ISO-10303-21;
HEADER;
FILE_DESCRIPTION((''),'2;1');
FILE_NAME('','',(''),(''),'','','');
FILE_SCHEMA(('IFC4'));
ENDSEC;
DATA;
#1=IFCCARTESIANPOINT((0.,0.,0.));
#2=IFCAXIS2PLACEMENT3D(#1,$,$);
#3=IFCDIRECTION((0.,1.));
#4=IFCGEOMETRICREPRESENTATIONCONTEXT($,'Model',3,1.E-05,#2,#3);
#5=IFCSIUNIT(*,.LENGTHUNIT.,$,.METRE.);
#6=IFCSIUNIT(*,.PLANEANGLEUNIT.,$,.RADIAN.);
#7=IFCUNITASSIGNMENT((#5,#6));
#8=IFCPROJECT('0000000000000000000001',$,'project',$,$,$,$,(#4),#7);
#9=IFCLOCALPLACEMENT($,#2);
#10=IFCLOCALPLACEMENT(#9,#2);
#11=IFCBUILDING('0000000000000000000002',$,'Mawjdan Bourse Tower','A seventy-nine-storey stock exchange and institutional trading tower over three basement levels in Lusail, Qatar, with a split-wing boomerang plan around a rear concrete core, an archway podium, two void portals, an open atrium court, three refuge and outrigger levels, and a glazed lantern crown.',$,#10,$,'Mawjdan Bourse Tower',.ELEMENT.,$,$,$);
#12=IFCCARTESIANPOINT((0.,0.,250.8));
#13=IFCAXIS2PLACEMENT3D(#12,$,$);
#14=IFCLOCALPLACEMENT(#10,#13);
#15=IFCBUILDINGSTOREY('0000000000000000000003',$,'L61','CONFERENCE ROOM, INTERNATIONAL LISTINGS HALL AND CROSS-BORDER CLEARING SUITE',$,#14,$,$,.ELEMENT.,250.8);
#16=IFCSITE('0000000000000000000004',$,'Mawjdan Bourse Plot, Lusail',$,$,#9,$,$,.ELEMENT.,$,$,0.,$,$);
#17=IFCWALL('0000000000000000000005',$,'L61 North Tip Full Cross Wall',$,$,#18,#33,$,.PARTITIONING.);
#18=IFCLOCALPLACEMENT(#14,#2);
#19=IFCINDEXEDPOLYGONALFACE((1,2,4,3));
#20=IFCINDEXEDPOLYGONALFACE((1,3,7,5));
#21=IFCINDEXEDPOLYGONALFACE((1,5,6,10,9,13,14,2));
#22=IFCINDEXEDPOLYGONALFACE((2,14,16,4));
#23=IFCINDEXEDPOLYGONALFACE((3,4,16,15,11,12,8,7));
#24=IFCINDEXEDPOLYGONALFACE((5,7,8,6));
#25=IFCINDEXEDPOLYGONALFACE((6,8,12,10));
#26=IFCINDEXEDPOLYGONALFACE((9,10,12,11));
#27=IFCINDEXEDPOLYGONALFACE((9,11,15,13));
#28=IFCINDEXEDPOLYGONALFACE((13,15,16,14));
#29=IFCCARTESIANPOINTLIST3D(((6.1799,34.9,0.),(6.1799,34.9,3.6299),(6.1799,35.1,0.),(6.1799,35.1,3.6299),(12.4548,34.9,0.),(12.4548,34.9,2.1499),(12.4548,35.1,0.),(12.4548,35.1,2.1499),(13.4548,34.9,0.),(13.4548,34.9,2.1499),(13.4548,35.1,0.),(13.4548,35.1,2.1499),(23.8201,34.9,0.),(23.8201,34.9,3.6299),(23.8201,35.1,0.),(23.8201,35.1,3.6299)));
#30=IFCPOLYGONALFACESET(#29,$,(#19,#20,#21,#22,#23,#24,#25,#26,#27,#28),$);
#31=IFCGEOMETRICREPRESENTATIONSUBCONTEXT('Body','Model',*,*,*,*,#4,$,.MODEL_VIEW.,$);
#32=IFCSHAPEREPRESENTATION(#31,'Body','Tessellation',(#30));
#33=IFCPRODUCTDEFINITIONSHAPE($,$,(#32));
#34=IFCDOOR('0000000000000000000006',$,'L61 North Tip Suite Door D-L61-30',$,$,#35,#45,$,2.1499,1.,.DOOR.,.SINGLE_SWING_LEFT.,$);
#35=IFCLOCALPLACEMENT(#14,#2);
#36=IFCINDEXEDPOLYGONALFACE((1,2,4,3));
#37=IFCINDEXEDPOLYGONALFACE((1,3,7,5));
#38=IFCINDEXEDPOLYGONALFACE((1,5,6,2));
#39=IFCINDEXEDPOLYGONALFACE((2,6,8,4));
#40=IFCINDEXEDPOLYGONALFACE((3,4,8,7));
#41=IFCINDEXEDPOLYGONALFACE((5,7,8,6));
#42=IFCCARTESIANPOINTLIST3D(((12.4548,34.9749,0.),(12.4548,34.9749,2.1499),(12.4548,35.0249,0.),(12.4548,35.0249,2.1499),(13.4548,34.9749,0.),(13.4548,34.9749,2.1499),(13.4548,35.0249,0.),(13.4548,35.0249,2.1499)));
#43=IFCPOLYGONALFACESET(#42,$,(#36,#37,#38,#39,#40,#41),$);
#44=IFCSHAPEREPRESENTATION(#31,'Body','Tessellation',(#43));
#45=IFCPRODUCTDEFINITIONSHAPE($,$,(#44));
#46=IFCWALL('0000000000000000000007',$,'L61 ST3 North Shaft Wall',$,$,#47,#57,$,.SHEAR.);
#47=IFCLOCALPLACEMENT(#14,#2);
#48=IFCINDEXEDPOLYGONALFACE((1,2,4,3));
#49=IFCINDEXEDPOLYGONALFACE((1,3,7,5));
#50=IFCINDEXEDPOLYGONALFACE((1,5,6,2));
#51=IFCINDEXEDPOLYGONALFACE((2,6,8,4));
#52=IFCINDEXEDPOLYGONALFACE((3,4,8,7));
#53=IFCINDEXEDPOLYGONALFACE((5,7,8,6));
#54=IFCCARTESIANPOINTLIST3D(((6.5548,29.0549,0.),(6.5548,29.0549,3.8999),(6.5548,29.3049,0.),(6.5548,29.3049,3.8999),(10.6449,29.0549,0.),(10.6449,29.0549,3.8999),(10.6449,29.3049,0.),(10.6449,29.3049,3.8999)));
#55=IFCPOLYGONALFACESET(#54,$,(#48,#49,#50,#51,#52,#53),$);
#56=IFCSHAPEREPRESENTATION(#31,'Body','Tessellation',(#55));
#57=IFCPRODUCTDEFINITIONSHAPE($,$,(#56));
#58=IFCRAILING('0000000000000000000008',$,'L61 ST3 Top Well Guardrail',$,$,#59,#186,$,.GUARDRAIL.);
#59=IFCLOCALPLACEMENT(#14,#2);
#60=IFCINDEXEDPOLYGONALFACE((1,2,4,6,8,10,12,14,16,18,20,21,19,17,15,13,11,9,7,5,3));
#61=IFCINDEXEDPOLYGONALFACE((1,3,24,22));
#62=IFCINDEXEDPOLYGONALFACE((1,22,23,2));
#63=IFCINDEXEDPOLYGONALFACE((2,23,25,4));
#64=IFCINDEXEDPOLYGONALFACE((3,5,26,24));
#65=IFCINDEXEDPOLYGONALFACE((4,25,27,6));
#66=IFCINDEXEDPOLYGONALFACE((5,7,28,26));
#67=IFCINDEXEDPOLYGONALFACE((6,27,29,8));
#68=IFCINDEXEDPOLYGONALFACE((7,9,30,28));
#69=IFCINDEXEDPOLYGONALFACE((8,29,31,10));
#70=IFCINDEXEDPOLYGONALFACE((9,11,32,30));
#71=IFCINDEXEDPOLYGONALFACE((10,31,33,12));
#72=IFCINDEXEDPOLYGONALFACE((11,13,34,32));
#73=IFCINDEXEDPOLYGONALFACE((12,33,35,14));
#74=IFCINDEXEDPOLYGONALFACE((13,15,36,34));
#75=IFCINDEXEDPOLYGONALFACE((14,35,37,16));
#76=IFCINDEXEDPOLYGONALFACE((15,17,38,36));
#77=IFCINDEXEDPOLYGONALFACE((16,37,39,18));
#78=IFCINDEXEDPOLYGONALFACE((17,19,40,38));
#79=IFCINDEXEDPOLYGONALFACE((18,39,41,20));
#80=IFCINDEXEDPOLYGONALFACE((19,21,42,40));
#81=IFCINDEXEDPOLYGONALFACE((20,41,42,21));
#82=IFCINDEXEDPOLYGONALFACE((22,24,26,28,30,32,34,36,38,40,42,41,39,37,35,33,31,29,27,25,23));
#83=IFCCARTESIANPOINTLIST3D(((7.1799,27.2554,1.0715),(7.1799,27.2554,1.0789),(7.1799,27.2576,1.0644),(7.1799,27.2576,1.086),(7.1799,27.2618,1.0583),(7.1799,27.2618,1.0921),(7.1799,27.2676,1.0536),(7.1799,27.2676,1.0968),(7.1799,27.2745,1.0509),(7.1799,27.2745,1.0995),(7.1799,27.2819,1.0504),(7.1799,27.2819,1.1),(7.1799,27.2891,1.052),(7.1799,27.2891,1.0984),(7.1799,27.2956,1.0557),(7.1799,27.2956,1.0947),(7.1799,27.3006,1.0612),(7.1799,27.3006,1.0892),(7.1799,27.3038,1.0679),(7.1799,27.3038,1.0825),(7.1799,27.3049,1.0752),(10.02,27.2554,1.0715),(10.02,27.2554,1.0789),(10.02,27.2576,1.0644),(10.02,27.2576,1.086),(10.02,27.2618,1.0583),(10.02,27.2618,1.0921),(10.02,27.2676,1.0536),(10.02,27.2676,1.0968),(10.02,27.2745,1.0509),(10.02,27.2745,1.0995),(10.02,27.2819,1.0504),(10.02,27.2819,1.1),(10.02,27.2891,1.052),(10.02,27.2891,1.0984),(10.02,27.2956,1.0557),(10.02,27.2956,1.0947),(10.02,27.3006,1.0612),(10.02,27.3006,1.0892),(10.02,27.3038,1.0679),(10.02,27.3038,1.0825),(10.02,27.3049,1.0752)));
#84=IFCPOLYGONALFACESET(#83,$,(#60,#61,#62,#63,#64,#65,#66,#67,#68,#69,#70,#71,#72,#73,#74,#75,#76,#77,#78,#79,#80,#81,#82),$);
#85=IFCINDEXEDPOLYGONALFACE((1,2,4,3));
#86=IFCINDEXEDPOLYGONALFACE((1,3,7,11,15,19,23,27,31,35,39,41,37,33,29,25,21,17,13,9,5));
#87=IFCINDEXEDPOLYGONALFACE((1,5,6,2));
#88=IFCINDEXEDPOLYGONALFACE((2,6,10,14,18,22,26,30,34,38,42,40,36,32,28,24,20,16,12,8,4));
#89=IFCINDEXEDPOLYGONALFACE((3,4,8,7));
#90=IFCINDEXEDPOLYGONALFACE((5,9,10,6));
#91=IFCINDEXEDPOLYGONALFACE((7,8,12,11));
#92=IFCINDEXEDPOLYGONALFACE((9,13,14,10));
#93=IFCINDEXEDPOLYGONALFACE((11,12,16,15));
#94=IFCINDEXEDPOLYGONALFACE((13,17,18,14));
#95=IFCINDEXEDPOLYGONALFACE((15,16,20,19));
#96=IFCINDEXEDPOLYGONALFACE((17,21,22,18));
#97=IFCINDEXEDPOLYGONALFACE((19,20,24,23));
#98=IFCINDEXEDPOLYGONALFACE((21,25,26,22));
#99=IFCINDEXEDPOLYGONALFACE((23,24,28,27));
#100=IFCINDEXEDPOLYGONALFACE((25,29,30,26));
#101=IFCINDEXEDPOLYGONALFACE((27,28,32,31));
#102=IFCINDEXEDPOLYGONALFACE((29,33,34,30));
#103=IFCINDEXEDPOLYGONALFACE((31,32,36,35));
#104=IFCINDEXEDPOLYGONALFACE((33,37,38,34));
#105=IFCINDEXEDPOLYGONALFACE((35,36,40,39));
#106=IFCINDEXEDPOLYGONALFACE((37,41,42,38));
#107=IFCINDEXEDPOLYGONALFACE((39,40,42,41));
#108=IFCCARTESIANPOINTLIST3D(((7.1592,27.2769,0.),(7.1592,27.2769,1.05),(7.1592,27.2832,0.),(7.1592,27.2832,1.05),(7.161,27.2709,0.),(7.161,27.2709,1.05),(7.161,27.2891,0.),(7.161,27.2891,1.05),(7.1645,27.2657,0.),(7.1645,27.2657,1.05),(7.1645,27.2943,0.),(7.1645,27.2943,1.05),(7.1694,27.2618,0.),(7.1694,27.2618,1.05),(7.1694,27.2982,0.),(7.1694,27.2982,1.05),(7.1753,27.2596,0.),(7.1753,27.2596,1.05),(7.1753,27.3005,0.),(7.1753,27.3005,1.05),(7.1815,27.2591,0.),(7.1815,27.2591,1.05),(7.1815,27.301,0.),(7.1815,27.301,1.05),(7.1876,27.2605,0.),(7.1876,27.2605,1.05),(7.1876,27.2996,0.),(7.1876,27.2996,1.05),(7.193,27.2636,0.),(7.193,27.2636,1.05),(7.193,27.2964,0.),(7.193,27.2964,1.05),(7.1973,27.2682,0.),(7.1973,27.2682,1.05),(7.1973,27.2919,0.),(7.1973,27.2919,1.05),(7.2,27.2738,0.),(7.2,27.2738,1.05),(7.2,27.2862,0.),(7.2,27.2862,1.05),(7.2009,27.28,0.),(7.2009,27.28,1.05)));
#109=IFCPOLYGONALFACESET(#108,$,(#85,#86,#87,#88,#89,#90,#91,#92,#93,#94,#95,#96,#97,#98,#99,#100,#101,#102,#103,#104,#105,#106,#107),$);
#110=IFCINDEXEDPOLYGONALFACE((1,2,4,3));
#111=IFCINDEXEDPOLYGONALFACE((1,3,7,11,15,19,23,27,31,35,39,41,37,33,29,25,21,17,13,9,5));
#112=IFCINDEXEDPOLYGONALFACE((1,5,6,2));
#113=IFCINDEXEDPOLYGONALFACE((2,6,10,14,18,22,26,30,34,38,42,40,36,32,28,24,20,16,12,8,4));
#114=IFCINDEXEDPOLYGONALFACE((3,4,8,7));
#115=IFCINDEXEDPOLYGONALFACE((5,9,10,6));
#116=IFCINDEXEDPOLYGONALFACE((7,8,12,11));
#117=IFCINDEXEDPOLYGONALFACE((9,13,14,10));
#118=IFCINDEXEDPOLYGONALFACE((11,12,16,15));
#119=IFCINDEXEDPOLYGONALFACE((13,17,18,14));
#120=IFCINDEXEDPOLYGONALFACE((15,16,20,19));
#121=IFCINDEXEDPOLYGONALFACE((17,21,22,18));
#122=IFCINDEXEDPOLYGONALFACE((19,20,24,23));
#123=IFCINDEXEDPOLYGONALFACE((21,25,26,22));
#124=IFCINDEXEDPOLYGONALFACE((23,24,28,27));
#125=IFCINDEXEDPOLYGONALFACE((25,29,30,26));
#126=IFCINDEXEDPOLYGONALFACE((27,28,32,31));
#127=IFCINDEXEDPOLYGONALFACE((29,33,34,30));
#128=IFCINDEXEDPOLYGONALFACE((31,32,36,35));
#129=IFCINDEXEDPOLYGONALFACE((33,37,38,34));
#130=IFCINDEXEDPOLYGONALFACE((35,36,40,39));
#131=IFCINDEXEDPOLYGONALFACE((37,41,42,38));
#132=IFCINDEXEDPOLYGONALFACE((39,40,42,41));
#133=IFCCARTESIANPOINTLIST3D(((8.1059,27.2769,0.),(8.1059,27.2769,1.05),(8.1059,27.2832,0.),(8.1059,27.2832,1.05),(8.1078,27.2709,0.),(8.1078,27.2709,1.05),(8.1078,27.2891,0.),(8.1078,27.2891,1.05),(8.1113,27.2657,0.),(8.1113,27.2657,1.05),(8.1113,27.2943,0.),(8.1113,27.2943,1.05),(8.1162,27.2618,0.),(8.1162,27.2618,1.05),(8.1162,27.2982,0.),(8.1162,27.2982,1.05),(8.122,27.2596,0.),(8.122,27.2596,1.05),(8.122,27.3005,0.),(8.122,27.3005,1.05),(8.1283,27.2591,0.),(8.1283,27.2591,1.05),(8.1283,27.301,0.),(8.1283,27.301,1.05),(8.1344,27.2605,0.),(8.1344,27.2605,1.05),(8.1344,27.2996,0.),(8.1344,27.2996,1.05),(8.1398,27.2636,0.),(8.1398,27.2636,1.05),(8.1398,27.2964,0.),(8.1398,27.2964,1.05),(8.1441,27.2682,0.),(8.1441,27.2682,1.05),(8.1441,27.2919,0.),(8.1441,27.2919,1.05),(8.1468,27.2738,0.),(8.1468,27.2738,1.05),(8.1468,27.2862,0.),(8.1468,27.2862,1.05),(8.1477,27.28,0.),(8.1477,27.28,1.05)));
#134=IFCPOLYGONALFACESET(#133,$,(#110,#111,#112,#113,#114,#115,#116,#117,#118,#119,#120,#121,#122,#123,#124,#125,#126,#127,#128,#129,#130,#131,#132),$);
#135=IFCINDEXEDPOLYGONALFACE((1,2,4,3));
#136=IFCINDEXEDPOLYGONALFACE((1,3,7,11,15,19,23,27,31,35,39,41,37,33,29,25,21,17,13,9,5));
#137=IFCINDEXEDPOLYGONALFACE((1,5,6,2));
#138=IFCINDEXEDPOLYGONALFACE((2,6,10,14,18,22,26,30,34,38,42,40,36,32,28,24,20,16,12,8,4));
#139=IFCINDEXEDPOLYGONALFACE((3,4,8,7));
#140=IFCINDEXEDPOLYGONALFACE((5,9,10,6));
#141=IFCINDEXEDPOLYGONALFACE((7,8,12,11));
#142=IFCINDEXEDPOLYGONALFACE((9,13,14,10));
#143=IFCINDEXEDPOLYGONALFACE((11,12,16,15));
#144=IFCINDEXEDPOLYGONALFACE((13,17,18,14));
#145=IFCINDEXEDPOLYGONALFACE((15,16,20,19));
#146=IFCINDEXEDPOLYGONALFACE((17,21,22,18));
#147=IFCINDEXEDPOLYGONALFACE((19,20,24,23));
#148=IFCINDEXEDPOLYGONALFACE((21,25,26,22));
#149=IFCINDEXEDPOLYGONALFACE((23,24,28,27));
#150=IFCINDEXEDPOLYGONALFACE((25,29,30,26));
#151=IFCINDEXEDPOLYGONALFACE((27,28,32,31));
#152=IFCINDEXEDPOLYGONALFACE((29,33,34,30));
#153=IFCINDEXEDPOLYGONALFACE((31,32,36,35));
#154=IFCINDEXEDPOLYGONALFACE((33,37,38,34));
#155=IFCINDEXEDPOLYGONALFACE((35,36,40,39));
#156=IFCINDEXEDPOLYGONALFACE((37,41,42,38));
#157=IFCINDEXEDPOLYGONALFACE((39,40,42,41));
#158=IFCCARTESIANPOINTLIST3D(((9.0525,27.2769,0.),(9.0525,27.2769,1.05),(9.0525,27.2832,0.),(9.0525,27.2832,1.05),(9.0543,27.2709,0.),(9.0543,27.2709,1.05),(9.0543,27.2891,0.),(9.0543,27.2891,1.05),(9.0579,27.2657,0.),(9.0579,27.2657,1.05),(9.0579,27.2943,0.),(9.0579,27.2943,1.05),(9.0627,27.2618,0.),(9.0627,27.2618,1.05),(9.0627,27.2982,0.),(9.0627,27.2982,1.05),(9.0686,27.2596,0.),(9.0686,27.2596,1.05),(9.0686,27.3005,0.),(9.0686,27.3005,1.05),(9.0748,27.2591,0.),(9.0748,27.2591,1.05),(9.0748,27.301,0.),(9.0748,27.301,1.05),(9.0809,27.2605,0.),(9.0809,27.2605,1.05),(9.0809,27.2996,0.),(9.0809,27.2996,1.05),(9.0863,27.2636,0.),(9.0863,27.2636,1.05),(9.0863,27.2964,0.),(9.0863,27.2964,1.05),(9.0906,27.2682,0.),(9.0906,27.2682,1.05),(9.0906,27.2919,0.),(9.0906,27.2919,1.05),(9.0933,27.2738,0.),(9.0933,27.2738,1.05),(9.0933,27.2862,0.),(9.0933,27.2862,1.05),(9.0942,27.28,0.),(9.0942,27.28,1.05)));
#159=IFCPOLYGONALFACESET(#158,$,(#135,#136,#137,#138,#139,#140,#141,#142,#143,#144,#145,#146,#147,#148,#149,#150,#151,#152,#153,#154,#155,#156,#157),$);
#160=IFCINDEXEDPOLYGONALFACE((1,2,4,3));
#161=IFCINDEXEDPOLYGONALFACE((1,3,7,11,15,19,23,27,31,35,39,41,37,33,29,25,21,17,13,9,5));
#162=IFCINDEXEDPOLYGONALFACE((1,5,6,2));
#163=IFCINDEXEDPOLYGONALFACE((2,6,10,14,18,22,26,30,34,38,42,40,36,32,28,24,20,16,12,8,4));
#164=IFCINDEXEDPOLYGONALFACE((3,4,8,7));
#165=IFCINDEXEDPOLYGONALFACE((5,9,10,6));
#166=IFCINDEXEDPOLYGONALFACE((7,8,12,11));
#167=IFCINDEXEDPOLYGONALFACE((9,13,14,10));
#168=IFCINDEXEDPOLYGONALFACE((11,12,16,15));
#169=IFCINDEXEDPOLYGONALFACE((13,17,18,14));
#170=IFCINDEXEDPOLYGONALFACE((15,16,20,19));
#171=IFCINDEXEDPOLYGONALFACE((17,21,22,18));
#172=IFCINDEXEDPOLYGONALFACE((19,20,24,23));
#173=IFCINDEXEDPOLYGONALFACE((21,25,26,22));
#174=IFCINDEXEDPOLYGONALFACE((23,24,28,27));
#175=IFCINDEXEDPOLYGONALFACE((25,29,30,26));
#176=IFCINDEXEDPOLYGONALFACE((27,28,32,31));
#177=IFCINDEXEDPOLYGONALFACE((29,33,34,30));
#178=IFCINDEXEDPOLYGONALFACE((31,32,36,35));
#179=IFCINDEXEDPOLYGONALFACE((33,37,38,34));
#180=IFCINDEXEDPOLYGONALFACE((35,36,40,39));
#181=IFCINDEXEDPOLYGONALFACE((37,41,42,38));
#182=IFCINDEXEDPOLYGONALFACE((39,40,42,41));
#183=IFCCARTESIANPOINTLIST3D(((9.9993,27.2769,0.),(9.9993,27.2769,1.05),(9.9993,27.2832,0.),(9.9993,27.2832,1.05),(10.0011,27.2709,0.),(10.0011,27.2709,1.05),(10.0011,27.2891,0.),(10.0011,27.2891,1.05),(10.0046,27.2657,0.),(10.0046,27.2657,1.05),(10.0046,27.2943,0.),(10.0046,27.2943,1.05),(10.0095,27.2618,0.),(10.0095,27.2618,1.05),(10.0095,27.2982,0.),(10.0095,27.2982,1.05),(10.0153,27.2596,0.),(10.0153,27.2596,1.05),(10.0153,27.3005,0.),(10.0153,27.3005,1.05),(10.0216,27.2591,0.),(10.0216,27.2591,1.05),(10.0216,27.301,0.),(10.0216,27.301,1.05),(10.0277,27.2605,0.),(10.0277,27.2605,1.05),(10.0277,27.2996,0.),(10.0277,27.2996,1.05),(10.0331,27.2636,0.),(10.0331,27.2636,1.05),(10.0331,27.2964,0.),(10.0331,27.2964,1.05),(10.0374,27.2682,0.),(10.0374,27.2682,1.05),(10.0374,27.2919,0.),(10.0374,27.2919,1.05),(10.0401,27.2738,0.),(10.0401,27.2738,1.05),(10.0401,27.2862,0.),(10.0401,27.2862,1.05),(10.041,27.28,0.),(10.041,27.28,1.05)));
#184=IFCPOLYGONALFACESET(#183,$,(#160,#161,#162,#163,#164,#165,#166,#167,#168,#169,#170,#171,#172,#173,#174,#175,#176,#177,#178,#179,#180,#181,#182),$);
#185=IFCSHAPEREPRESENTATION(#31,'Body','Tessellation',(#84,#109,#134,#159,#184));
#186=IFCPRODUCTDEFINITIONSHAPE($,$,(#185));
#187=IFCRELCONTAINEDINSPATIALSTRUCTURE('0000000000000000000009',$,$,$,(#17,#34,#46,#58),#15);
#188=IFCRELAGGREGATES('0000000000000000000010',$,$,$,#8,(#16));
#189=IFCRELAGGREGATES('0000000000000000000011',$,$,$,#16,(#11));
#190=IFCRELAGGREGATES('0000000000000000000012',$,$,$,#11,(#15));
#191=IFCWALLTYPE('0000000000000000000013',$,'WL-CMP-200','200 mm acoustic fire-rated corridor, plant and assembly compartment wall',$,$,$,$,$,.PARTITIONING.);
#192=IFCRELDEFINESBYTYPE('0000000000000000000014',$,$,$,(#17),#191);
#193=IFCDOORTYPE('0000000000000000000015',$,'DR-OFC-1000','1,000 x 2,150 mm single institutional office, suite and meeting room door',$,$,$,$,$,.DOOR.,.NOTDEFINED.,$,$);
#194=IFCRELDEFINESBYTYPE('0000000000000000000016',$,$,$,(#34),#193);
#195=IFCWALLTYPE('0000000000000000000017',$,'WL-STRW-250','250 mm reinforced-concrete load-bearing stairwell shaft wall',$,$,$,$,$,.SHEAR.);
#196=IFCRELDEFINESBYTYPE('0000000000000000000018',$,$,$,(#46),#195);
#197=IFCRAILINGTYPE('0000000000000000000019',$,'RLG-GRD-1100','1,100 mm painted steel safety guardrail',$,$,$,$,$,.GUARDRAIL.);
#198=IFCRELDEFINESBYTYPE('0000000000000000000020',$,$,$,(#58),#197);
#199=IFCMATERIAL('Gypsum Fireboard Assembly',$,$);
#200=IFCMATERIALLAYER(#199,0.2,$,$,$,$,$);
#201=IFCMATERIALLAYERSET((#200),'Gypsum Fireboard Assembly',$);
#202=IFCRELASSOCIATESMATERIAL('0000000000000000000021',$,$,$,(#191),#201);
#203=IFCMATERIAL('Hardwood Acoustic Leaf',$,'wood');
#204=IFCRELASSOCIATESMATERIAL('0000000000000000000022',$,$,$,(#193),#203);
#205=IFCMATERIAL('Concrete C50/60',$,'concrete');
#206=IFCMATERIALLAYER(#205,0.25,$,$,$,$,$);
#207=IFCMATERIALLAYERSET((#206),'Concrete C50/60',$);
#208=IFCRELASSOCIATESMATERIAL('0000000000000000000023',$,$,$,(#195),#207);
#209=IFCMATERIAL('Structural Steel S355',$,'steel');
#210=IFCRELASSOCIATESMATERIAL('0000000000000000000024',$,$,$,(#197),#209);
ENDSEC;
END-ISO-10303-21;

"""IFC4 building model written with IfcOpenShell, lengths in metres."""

from ifc_helpers import new_model, si_unit, direction, frame, frame_2d, origin, origin_2d, place, context, subcontext, project, spatial, rectangle, circle, extrude, material, layer, layer_set, type_object, element, fill, save


model = new_model("IFC4")

# Units and contexts
model_context = context("Model", 3, precision=1e-05, world=origin(), true_north=direction((0.0, 1.0)))
body_context = subcontext(model_context, "Body", "Model", "MODEL_VIEW")
ifc_project = project(units=[si_unit("LENGTHUNIT", "METRE"), si_unit("PLANEANGLEUNIT", "RADIAN")], contexts=[model_context])

# Site, building, storey
site_placement = place(None, origin())
site = spatial("IfcSite", under=ifc_project, at=site_placement, Name="Mawjdan Bourse Plot, Lusail", CompositionType="ELEMENT", RefElevation=0.0)
building_placement = place(site_placement, origin())
building = spatial("IfcBuilding", under=site, at=building_placement, Name="Mawjdan Bourse Tower", Description="A seventy-nine-storey stock exchange and institutional trading tower over three basement levels in Lusail, Qatar, with a split-wing boomerang plan around a rear concrete core, an archway podium, two void portals, an open atrium court, three refuge and outrigger levels, and a glazed lantern crown.", LongName="Mawjdan Bourse Tower", CompositionType="ELEMENT")
storey_placement = place(building_placement, frame((0.0, 0.0, 250.8)))
storey = spatial("IfcBuildingStorey", under=building, at=storey_placement, Name="L61", Description="CONFERENCE ROOM, INTERNATIONAL LISTINGS HALL AND CROSS-BORDER CLEARING SUITE", CompositionType="ELEMENT", Elevation=250.8)

# Shared definitions
ifc_material_1 = material(Name="Structural Steel S355", Category="steel")

# Shared definitions
ifc_material_2 = material(Name="Gypsum Fireboard Assembly")
ifc_layer_1 = layer(ifc_material_2, 0.2)
ifc_layer_set_1 = layer_set([ifc_layer_1], Name="Gypsum Fireboard Assembly")
wall_type_1 = type_object("IfcWallType", Name="WL-CMP-200", Description="200 mm acoustic fire-rated corridor, plant and assembly compartment wall", PredefinedType="PARTITIONING", material=ifc_layer_set_1)

# Wall, opening, door
wall_1_placement = place(storey_placement, frame((6.1799, 35.0, 0.0), z_axis=(0.0, 0.0, 1.0), x_axis=(1.0, 0.0, 0.0)))
wall_1 = element("IfcWall", 1, at=wall_1_placement, inside=storey, type_object=wall_type_1, Name="L61 North Tip Full Cross Wall", PredefinedType="PARTITIONING", context=body_context, shape_type="SweptSolid", body=[
    extrude(rectangle(XDim=17.6401, YDim=0.2, at=frame_2d((8.8201, 0.0))), origin(), (0.0, 0.0, 1.0), 3.6299),
])
opening_1_placement = place(wall_1_placement, frame((6.2749, 0.0, 0.0)))
opening_1 = element("IfcOpeningElement", 2, at=opening_1_placement, cuts=wall_1, PredefinedType="OPENING", context=body_context, shape_type="SweptSolid", body=[
    extrude(rectangle(XDim=1.0, YDim=2.1499, at=frame_2d((0.5, 1.075))), frame((0.0, 0.1099, 0.0), z_axis=(0.0, -1.0, 0.0), x_axis=(1.0, 0.0, 0.0)), (0.0, 0.0, 1.0), 0.22),
])
ifc_material_3 = material(Name="Hardwood Acoustic Leaf", Category="wood")
door_type_1 = type_object("IfcDoorType", Name="DR-OFC-1000", Description="1,000 x 2,150 mm single institutional office, suite and meeting room door", OperationType="NOTDEFINED", PredefinedType="DOOR", material=ifc_material_3)
door_1_placement = place(opening_1_placement, origin())
door_1 = element("IfcDoor", 3, at=door_1_placement, inside=storey, type_object=door_type_1, Name="L61 North Tip Suite Door D-L61-30", OperationType="SINGLE_SWING_LEFT", OverallHeight=2.1499, OverallWidth=1.0, PredefinedType="DOOR", context=body_context, shape_type="SweptSolid", body=[
    extrude(rectangle(XDim=1.0, YDim=2.1499, at=frame_2d((0.5, 1.075))), frame((0.0, 0.0249, 0.0), z_axis=(0.0, -1.0, 0.0), x_axis=(1.0, 0.0, 0.0)), (0.0, 0.0, 1.0), 0.05),
])
fill(opening_1, door_1)

# Wall
ifc_material_4 = material(Name="Concrete C50/60", Category="concrete")
ifc_layer_2 = layer(ifc_material_4, 0.25)
ifc_layer_set_2 = layer_set([ifc_layer_2], Name="Concrete C50/60")
wall_type_2 = type_object("IfcWallType", Name="WL-STRW-250", Description="250 mm reinforced-concrete load-bearing stairwell shaft wall", PredefinedType="SHEAR", material=ifc_layer_set_2)
wall_2_placement = place(storey_placement, frame((6.5549, 29.1799, 0.0), z_axis=(0.0, 0.0, 1.0), x_axis=(1.0, 0.0, 0.0)))
element("IfcWall", 4, at=wall_2_placement, inside=storey, type_object=wall_type_2, Name="L61 ST3 North Shaft Wall", PredefinedType="SHEAR", context=body_context, shape_type="SweptSolid", body=[
    extrude(rectangle(XDim=4.0901, YDim=0.25, at=frame_2d((2.0449, 0.0))), origin(), (0.0, 0.0, 1.0), 3.8999),
])

# Railing
railing_type = type_object("IfcRailingType", Name="RLG-GRD-1100", Description="1,100 mm painted steel safety guardrail", PredefinedType="GUARDRAIL", material=ifc_material_1)
railing_placement = place(storey_placement, frame((7.1799, 27.28, 0.0)))
element("IfcRailing", 5, at=railing_placement, inside=storey, type_object=railing_type, Name="L61 ST3 Top Well Guardrail", PredefinedType="GUARDRAIL", context=body_context, shape_type="SweptSolid", body=[
    extrude(circle(Radius=0.0249, at=origin_2d()), frame((0.0, 0.0, 1.0752), z_axis=(1.0, 0.0, 0.0), x_axis=(0.0, 1.0, 0.0)), (0.0, 0.0, 1.0), 2.8401),
    extrude(circle(Radius=0.021, at=origin_2d()), origin(), (0.0, 0.0, 1.0), 1.05),
    extrude(circle(Radius=0.021, at=origin_2d()), frame((0.9468, 0.0, 0.0)), (0.0, 0.0, 1.0), 1.05),
    extrude(circle(Radius=0.021, at=origin_2d()), frame((1.8933, 0.0, 0.0)), (0.0, 0.0, 1.0), 1.05),
    extrude(circle(Radius=0.021, at=origin_2d()), frame((2.8401, 0.0, 0.0)), (0.0, 0.0, 1.0), 1.05),
])

save(model, "model.ifc")
